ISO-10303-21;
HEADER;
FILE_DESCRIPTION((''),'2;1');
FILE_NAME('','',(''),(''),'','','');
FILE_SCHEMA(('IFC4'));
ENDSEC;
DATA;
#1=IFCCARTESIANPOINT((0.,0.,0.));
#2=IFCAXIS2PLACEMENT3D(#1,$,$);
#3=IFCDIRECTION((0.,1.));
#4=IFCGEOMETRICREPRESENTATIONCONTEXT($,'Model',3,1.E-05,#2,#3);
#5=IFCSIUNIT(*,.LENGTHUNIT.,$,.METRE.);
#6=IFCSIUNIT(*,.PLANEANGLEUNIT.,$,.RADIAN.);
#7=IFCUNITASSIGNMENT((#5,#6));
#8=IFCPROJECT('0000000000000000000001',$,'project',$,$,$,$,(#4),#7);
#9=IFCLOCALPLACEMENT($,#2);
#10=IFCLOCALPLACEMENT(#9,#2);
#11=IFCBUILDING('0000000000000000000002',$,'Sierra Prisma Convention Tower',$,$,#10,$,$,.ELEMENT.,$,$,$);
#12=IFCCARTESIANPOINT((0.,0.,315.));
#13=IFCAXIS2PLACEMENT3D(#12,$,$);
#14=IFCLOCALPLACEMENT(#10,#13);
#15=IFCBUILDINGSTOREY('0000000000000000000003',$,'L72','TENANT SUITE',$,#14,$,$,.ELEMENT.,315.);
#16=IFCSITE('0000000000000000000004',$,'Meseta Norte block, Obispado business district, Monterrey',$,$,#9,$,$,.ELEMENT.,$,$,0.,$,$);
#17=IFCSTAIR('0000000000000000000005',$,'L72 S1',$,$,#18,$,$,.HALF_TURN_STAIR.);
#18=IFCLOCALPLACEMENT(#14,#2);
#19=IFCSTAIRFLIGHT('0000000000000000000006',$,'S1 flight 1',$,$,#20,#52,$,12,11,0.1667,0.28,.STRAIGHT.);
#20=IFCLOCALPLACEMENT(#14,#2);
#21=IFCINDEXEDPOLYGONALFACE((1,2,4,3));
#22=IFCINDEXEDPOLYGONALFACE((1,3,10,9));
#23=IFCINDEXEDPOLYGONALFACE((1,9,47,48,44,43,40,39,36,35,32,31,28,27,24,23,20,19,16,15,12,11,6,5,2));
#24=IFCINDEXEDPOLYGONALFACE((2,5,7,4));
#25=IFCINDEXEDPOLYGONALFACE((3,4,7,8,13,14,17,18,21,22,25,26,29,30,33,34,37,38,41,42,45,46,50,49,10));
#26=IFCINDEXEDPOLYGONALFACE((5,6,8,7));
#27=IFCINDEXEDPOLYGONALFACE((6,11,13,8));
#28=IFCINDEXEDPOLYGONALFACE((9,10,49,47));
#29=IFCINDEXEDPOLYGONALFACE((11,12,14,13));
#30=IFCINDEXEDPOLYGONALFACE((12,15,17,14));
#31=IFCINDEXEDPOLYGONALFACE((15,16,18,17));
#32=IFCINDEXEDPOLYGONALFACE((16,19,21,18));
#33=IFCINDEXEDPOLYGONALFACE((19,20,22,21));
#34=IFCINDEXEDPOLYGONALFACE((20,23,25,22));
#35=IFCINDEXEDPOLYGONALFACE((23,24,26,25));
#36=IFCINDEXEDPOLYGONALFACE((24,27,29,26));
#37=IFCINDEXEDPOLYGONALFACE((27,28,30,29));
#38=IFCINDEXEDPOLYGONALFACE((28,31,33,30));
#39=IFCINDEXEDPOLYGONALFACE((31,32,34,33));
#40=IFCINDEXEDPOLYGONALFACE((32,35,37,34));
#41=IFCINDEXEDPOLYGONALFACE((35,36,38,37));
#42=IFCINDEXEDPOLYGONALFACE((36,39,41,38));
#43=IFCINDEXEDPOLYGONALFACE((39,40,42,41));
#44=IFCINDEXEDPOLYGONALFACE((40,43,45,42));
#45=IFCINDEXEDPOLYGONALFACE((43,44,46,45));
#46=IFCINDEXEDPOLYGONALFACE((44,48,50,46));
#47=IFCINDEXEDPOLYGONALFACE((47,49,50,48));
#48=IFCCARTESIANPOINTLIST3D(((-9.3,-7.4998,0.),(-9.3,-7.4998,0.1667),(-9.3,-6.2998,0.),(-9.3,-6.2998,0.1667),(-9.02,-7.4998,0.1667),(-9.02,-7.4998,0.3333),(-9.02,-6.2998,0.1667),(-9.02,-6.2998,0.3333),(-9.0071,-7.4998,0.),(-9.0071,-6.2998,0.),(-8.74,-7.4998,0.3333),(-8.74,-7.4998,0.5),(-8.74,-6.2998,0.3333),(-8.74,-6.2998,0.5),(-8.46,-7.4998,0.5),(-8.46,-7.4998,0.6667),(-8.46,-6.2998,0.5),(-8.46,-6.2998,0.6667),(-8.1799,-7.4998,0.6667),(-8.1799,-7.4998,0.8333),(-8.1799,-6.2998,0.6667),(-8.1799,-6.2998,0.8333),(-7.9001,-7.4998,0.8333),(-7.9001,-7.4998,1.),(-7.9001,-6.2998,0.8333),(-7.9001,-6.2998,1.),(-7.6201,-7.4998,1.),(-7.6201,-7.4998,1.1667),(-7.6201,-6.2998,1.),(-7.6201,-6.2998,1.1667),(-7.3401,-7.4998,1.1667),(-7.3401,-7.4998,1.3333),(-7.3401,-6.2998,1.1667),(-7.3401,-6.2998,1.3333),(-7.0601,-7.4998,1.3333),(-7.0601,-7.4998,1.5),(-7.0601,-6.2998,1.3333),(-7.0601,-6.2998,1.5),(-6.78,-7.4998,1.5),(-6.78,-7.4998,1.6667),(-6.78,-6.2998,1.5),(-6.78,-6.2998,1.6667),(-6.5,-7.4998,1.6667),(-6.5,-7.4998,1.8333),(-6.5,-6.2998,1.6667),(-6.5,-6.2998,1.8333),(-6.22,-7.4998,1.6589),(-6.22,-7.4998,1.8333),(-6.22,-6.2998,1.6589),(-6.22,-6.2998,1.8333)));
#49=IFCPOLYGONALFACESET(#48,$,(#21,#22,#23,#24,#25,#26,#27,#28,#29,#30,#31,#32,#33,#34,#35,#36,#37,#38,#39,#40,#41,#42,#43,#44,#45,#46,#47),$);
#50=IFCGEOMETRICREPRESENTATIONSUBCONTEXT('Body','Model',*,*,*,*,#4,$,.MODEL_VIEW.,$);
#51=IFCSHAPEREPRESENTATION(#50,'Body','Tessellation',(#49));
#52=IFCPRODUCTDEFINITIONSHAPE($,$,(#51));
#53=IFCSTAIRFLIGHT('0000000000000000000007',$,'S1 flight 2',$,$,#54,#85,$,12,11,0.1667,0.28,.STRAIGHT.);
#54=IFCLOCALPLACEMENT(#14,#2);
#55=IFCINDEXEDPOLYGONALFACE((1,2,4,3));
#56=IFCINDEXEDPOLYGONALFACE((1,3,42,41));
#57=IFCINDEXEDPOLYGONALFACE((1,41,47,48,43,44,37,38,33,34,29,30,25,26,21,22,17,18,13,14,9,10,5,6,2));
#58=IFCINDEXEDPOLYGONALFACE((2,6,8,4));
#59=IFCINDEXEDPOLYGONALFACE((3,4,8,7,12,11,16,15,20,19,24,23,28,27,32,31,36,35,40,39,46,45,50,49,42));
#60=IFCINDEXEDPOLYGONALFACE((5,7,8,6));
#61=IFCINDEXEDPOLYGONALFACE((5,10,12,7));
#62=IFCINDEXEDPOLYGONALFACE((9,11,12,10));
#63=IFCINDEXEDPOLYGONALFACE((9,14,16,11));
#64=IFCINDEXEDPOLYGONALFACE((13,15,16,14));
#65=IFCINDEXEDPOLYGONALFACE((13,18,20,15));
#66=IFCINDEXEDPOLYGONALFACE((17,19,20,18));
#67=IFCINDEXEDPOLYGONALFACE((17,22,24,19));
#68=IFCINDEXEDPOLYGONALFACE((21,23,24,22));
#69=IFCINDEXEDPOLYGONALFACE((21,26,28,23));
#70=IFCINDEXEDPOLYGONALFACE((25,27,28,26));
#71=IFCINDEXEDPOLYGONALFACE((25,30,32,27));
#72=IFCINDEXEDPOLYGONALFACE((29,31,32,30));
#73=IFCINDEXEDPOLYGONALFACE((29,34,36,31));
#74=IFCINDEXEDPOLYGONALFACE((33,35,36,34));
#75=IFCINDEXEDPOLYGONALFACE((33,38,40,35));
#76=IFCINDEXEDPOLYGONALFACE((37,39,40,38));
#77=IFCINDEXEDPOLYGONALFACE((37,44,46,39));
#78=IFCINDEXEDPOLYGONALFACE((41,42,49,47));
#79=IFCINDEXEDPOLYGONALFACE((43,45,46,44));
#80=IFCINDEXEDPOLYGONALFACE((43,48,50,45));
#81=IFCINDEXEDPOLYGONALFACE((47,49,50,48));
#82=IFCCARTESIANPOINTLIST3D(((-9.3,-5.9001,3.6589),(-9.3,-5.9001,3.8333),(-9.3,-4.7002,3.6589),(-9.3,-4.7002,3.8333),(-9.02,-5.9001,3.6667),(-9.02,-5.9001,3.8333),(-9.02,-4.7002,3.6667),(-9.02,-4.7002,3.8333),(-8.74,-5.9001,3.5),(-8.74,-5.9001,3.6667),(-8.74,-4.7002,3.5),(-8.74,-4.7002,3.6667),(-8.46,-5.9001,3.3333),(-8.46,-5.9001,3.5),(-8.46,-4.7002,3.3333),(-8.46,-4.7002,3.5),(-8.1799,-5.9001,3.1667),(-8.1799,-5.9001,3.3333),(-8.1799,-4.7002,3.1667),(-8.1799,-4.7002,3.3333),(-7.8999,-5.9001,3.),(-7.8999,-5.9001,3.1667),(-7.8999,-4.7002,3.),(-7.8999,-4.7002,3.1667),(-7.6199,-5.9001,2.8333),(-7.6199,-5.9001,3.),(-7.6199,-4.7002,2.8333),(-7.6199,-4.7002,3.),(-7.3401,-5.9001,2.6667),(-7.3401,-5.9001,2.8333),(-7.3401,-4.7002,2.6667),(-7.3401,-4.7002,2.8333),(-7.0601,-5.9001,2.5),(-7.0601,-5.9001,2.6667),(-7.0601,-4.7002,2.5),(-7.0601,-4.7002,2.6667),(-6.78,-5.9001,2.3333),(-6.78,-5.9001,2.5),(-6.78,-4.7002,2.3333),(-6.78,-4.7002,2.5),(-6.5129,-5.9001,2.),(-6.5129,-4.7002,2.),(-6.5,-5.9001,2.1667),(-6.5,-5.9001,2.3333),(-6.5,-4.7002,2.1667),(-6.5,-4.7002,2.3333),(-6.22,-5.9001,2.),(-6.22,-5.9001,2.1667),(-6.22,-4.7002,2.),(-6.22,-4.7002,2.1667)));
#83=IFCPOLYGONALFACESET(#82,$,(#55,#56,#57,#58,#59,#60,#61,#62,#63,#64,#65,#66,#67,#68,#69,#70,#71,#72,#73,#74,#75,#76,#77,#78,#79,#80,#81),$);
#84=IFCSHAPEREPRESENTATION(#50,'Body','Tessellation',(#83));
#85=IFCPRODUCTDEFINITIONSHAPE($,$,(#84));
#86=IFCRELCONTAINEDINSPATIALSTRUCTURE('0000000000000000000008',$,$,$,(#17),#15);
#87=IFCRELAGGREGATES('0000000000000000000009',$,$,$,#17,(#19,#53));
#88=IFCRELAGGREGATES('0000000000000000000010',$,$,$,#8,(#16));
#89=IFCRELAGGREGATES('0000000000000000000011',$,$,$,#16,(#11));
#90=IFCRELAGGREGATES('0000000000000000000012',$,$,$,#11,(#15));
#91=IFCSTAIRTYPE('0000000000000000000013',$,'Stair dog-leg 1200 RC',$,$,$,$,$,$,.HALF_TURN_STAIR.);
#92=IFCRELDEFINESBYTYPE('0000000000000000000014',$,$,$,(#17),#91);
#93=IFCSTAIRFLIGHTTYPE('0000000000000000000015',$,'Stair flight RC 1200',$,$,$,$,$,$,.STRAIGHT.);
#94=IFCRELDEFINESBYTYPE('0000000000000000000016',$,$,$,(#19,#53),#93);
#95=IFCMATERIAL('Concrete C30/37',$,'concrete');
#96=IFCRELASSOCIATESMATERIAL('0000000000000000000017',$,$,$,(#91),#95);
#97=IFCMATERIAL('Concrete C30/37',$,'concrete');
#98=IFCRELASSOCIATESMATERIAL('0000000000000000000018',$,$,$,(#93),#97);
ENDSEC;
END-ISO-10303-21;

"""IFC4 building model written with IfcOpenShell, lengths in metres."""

from ifc_helpers import new_model, si_unit, direction, frame, origin, place, context, subcontext, project, spatial, polyline, outline, extrude, material, type_object, element, aggregate, save


model = new_model("IFC4")

# Units and contexts
model_context = context("Model", 3, precision=1e-05, world=origin(), true_north=direction((0.0, 1.0)))
body_context = subcontext(model_context, "Body", "Model", "MODEL_VIEW")
ifc_project = project(units=[si_unit("LENGTHUNIT", "METRE"), si_unit("PLANEANGLEUNIT", "RADIAN")], contexts=[model_context])

# Site, building, storey
site_placement = place(None, origin())
site = spatial("IfcSite", under=ifc_project, at=site_placement, Name="Meseta Norte block, Obispado business district, Monterrey", CompositionType="ELEMENT", RefElevation=0.0)
building_placement = place(site_placement, origin())
building = spatial("IfcBuilding", under=site, at=building_placement, Name="Sierra Prisma Convention Tower", CompositionType="ELEMENT")
storey_placement = place(building_placement, frame((0.0, 0.0, 315.0)))
storey = spatial("IfcBuildingStorey", under=building, at=storey_placement, Name="L72", Description="TENANT SUITE", CompositionType="ELEMENT", Elevation=315.0)

# Stair, stair flights
ifc_material_1 = material(Name="Concrete C30/37", Category="concrete")
stair_type = type_object("IfcStairType", Name="Stair dog-leg 1200 RC", PredefinedType="HALF_TURN_STAIR", material=ifc_material_1)
stair_placement = place(storey_placement, origin())
stair = element("IfcStair", 1, at=stair_placement, inside=storey, type_object=stair_type, Name="L72 S1", PredefinedType="HALF_TURN_STAIR")
ifc_material_2 = material(Name="Concrete C30/37", Category="concrete")
stair_flight_type = type_object("IfcStairFlightType", Name="Stair flight RC 1200", PredefinedType="STRAIGHT", material=ifc_material_2)
stair_flight_1_placement = place(storey_placement, frame((-9.3, -6.8999, 0.0), z_axis=(0.0, 0.0, 1.0), x_axis=(1.0, 0.0, 0.0)))
stair_flight_1 = element("IfcStairFlight", 2, at=stair_flight_1_placement, type_object=stair_flight_type, Name="S1 flight 1", NumberOfRisers=12, NumberOfTreads=11, PredefinedType="STRAIGHT", RiserHeight=0.1667, TreadLength=0.28, context=body_context, shape_type="SweptSolid", body=[
    extrude(outline(polyline([(0.0, 0.0), (0.0, 0.1667), (0.28, 0.1667), (0.28, 0.3333), (0.5601, 0.3333), (0.5601, 0.5), (0.8401, 0.5), (0.8401, 0.6667), (1.1201, 0.6667), (1.1201, 0.8333), (1.3999, 0.8333), (1.3999, 1.0), (1.6799, 1.0), (1.6799, 1.1667), (1.96, 1.1667), (1.96, 1.3333), (2.24, 1.3333), (2.24, 1.5), (2.52, 1.5), (2.52, 1.6667), (2.8, 1.6667), (2.8, 1.8333), (3.0801, 1.8333), (3.0801, 2.0), (3.0801, 1.6589), (0.293, 0.0), (0.0, 0.0)])), frame((0.0, 0.6001, 0.0), z_axis=(0.0, -1.0, 0.0), x_axis=(1.0, 0.0, 0.0)), (0.0, 0.0, 1.0), 1.2),
])
stair_flight_2_placement = place(storey_placement, frame((-6.22, -5.3, 2.0), z_axis=(0.0, 0.0, 1.0), x_axis=(-1.0, 0.0, 0.0)))
stair_flight_2 = element("IfcStairFlight", 3, at=stair_flight_2_placement, type_object=stair_flight_type, Name="S1 flight 2", NumberOfRisers=12, NumberOfTreads=11, PredefinedType="STRAIGHT", RiserHeight=0.1667, TreadLength=0.28, context=body_context, shape_type="SweptSolid", body=[
    extrude(outline(polyline([(0.0, 0.0), (0.0, 0.1667), (0.28, 0.1667), (0.28, 0.3333), (0.5601, 0.3333), (0.5601, 0.5), (0.8401, 0.5), (0.8401, 0.6667), (1.1201, 0.6667), (1.1201, 0.8333), (1.3999, 0.8333), (1.3999, 1.0), (1.6799, 1.0), (1.6799, 1.1667), (1.96, 1.1667), (1.96, 1.3333), (2.24, 1.3333), (2.24, 1.5), (2.52, 1.5), (2.52, 1.6667), (2.8, 1.6667), (2.8, 1.8333), (3.0801, 1.8333), (3.0801, 2.0), (3.0801, 1.6589), (0.293, 0.0), (0.0, 0.0)])), frame((0.0, 0.6001, 0.0), z_axis=(0.0, -1.0, 0.0), x_axis=(1.0, 0.0, 0.0)), (0.0, 0.0, 1.0), 1.2),
])
aggregate(stair, [stair_flight_1, stair_flight_2])

save(model, "model.ifc")
